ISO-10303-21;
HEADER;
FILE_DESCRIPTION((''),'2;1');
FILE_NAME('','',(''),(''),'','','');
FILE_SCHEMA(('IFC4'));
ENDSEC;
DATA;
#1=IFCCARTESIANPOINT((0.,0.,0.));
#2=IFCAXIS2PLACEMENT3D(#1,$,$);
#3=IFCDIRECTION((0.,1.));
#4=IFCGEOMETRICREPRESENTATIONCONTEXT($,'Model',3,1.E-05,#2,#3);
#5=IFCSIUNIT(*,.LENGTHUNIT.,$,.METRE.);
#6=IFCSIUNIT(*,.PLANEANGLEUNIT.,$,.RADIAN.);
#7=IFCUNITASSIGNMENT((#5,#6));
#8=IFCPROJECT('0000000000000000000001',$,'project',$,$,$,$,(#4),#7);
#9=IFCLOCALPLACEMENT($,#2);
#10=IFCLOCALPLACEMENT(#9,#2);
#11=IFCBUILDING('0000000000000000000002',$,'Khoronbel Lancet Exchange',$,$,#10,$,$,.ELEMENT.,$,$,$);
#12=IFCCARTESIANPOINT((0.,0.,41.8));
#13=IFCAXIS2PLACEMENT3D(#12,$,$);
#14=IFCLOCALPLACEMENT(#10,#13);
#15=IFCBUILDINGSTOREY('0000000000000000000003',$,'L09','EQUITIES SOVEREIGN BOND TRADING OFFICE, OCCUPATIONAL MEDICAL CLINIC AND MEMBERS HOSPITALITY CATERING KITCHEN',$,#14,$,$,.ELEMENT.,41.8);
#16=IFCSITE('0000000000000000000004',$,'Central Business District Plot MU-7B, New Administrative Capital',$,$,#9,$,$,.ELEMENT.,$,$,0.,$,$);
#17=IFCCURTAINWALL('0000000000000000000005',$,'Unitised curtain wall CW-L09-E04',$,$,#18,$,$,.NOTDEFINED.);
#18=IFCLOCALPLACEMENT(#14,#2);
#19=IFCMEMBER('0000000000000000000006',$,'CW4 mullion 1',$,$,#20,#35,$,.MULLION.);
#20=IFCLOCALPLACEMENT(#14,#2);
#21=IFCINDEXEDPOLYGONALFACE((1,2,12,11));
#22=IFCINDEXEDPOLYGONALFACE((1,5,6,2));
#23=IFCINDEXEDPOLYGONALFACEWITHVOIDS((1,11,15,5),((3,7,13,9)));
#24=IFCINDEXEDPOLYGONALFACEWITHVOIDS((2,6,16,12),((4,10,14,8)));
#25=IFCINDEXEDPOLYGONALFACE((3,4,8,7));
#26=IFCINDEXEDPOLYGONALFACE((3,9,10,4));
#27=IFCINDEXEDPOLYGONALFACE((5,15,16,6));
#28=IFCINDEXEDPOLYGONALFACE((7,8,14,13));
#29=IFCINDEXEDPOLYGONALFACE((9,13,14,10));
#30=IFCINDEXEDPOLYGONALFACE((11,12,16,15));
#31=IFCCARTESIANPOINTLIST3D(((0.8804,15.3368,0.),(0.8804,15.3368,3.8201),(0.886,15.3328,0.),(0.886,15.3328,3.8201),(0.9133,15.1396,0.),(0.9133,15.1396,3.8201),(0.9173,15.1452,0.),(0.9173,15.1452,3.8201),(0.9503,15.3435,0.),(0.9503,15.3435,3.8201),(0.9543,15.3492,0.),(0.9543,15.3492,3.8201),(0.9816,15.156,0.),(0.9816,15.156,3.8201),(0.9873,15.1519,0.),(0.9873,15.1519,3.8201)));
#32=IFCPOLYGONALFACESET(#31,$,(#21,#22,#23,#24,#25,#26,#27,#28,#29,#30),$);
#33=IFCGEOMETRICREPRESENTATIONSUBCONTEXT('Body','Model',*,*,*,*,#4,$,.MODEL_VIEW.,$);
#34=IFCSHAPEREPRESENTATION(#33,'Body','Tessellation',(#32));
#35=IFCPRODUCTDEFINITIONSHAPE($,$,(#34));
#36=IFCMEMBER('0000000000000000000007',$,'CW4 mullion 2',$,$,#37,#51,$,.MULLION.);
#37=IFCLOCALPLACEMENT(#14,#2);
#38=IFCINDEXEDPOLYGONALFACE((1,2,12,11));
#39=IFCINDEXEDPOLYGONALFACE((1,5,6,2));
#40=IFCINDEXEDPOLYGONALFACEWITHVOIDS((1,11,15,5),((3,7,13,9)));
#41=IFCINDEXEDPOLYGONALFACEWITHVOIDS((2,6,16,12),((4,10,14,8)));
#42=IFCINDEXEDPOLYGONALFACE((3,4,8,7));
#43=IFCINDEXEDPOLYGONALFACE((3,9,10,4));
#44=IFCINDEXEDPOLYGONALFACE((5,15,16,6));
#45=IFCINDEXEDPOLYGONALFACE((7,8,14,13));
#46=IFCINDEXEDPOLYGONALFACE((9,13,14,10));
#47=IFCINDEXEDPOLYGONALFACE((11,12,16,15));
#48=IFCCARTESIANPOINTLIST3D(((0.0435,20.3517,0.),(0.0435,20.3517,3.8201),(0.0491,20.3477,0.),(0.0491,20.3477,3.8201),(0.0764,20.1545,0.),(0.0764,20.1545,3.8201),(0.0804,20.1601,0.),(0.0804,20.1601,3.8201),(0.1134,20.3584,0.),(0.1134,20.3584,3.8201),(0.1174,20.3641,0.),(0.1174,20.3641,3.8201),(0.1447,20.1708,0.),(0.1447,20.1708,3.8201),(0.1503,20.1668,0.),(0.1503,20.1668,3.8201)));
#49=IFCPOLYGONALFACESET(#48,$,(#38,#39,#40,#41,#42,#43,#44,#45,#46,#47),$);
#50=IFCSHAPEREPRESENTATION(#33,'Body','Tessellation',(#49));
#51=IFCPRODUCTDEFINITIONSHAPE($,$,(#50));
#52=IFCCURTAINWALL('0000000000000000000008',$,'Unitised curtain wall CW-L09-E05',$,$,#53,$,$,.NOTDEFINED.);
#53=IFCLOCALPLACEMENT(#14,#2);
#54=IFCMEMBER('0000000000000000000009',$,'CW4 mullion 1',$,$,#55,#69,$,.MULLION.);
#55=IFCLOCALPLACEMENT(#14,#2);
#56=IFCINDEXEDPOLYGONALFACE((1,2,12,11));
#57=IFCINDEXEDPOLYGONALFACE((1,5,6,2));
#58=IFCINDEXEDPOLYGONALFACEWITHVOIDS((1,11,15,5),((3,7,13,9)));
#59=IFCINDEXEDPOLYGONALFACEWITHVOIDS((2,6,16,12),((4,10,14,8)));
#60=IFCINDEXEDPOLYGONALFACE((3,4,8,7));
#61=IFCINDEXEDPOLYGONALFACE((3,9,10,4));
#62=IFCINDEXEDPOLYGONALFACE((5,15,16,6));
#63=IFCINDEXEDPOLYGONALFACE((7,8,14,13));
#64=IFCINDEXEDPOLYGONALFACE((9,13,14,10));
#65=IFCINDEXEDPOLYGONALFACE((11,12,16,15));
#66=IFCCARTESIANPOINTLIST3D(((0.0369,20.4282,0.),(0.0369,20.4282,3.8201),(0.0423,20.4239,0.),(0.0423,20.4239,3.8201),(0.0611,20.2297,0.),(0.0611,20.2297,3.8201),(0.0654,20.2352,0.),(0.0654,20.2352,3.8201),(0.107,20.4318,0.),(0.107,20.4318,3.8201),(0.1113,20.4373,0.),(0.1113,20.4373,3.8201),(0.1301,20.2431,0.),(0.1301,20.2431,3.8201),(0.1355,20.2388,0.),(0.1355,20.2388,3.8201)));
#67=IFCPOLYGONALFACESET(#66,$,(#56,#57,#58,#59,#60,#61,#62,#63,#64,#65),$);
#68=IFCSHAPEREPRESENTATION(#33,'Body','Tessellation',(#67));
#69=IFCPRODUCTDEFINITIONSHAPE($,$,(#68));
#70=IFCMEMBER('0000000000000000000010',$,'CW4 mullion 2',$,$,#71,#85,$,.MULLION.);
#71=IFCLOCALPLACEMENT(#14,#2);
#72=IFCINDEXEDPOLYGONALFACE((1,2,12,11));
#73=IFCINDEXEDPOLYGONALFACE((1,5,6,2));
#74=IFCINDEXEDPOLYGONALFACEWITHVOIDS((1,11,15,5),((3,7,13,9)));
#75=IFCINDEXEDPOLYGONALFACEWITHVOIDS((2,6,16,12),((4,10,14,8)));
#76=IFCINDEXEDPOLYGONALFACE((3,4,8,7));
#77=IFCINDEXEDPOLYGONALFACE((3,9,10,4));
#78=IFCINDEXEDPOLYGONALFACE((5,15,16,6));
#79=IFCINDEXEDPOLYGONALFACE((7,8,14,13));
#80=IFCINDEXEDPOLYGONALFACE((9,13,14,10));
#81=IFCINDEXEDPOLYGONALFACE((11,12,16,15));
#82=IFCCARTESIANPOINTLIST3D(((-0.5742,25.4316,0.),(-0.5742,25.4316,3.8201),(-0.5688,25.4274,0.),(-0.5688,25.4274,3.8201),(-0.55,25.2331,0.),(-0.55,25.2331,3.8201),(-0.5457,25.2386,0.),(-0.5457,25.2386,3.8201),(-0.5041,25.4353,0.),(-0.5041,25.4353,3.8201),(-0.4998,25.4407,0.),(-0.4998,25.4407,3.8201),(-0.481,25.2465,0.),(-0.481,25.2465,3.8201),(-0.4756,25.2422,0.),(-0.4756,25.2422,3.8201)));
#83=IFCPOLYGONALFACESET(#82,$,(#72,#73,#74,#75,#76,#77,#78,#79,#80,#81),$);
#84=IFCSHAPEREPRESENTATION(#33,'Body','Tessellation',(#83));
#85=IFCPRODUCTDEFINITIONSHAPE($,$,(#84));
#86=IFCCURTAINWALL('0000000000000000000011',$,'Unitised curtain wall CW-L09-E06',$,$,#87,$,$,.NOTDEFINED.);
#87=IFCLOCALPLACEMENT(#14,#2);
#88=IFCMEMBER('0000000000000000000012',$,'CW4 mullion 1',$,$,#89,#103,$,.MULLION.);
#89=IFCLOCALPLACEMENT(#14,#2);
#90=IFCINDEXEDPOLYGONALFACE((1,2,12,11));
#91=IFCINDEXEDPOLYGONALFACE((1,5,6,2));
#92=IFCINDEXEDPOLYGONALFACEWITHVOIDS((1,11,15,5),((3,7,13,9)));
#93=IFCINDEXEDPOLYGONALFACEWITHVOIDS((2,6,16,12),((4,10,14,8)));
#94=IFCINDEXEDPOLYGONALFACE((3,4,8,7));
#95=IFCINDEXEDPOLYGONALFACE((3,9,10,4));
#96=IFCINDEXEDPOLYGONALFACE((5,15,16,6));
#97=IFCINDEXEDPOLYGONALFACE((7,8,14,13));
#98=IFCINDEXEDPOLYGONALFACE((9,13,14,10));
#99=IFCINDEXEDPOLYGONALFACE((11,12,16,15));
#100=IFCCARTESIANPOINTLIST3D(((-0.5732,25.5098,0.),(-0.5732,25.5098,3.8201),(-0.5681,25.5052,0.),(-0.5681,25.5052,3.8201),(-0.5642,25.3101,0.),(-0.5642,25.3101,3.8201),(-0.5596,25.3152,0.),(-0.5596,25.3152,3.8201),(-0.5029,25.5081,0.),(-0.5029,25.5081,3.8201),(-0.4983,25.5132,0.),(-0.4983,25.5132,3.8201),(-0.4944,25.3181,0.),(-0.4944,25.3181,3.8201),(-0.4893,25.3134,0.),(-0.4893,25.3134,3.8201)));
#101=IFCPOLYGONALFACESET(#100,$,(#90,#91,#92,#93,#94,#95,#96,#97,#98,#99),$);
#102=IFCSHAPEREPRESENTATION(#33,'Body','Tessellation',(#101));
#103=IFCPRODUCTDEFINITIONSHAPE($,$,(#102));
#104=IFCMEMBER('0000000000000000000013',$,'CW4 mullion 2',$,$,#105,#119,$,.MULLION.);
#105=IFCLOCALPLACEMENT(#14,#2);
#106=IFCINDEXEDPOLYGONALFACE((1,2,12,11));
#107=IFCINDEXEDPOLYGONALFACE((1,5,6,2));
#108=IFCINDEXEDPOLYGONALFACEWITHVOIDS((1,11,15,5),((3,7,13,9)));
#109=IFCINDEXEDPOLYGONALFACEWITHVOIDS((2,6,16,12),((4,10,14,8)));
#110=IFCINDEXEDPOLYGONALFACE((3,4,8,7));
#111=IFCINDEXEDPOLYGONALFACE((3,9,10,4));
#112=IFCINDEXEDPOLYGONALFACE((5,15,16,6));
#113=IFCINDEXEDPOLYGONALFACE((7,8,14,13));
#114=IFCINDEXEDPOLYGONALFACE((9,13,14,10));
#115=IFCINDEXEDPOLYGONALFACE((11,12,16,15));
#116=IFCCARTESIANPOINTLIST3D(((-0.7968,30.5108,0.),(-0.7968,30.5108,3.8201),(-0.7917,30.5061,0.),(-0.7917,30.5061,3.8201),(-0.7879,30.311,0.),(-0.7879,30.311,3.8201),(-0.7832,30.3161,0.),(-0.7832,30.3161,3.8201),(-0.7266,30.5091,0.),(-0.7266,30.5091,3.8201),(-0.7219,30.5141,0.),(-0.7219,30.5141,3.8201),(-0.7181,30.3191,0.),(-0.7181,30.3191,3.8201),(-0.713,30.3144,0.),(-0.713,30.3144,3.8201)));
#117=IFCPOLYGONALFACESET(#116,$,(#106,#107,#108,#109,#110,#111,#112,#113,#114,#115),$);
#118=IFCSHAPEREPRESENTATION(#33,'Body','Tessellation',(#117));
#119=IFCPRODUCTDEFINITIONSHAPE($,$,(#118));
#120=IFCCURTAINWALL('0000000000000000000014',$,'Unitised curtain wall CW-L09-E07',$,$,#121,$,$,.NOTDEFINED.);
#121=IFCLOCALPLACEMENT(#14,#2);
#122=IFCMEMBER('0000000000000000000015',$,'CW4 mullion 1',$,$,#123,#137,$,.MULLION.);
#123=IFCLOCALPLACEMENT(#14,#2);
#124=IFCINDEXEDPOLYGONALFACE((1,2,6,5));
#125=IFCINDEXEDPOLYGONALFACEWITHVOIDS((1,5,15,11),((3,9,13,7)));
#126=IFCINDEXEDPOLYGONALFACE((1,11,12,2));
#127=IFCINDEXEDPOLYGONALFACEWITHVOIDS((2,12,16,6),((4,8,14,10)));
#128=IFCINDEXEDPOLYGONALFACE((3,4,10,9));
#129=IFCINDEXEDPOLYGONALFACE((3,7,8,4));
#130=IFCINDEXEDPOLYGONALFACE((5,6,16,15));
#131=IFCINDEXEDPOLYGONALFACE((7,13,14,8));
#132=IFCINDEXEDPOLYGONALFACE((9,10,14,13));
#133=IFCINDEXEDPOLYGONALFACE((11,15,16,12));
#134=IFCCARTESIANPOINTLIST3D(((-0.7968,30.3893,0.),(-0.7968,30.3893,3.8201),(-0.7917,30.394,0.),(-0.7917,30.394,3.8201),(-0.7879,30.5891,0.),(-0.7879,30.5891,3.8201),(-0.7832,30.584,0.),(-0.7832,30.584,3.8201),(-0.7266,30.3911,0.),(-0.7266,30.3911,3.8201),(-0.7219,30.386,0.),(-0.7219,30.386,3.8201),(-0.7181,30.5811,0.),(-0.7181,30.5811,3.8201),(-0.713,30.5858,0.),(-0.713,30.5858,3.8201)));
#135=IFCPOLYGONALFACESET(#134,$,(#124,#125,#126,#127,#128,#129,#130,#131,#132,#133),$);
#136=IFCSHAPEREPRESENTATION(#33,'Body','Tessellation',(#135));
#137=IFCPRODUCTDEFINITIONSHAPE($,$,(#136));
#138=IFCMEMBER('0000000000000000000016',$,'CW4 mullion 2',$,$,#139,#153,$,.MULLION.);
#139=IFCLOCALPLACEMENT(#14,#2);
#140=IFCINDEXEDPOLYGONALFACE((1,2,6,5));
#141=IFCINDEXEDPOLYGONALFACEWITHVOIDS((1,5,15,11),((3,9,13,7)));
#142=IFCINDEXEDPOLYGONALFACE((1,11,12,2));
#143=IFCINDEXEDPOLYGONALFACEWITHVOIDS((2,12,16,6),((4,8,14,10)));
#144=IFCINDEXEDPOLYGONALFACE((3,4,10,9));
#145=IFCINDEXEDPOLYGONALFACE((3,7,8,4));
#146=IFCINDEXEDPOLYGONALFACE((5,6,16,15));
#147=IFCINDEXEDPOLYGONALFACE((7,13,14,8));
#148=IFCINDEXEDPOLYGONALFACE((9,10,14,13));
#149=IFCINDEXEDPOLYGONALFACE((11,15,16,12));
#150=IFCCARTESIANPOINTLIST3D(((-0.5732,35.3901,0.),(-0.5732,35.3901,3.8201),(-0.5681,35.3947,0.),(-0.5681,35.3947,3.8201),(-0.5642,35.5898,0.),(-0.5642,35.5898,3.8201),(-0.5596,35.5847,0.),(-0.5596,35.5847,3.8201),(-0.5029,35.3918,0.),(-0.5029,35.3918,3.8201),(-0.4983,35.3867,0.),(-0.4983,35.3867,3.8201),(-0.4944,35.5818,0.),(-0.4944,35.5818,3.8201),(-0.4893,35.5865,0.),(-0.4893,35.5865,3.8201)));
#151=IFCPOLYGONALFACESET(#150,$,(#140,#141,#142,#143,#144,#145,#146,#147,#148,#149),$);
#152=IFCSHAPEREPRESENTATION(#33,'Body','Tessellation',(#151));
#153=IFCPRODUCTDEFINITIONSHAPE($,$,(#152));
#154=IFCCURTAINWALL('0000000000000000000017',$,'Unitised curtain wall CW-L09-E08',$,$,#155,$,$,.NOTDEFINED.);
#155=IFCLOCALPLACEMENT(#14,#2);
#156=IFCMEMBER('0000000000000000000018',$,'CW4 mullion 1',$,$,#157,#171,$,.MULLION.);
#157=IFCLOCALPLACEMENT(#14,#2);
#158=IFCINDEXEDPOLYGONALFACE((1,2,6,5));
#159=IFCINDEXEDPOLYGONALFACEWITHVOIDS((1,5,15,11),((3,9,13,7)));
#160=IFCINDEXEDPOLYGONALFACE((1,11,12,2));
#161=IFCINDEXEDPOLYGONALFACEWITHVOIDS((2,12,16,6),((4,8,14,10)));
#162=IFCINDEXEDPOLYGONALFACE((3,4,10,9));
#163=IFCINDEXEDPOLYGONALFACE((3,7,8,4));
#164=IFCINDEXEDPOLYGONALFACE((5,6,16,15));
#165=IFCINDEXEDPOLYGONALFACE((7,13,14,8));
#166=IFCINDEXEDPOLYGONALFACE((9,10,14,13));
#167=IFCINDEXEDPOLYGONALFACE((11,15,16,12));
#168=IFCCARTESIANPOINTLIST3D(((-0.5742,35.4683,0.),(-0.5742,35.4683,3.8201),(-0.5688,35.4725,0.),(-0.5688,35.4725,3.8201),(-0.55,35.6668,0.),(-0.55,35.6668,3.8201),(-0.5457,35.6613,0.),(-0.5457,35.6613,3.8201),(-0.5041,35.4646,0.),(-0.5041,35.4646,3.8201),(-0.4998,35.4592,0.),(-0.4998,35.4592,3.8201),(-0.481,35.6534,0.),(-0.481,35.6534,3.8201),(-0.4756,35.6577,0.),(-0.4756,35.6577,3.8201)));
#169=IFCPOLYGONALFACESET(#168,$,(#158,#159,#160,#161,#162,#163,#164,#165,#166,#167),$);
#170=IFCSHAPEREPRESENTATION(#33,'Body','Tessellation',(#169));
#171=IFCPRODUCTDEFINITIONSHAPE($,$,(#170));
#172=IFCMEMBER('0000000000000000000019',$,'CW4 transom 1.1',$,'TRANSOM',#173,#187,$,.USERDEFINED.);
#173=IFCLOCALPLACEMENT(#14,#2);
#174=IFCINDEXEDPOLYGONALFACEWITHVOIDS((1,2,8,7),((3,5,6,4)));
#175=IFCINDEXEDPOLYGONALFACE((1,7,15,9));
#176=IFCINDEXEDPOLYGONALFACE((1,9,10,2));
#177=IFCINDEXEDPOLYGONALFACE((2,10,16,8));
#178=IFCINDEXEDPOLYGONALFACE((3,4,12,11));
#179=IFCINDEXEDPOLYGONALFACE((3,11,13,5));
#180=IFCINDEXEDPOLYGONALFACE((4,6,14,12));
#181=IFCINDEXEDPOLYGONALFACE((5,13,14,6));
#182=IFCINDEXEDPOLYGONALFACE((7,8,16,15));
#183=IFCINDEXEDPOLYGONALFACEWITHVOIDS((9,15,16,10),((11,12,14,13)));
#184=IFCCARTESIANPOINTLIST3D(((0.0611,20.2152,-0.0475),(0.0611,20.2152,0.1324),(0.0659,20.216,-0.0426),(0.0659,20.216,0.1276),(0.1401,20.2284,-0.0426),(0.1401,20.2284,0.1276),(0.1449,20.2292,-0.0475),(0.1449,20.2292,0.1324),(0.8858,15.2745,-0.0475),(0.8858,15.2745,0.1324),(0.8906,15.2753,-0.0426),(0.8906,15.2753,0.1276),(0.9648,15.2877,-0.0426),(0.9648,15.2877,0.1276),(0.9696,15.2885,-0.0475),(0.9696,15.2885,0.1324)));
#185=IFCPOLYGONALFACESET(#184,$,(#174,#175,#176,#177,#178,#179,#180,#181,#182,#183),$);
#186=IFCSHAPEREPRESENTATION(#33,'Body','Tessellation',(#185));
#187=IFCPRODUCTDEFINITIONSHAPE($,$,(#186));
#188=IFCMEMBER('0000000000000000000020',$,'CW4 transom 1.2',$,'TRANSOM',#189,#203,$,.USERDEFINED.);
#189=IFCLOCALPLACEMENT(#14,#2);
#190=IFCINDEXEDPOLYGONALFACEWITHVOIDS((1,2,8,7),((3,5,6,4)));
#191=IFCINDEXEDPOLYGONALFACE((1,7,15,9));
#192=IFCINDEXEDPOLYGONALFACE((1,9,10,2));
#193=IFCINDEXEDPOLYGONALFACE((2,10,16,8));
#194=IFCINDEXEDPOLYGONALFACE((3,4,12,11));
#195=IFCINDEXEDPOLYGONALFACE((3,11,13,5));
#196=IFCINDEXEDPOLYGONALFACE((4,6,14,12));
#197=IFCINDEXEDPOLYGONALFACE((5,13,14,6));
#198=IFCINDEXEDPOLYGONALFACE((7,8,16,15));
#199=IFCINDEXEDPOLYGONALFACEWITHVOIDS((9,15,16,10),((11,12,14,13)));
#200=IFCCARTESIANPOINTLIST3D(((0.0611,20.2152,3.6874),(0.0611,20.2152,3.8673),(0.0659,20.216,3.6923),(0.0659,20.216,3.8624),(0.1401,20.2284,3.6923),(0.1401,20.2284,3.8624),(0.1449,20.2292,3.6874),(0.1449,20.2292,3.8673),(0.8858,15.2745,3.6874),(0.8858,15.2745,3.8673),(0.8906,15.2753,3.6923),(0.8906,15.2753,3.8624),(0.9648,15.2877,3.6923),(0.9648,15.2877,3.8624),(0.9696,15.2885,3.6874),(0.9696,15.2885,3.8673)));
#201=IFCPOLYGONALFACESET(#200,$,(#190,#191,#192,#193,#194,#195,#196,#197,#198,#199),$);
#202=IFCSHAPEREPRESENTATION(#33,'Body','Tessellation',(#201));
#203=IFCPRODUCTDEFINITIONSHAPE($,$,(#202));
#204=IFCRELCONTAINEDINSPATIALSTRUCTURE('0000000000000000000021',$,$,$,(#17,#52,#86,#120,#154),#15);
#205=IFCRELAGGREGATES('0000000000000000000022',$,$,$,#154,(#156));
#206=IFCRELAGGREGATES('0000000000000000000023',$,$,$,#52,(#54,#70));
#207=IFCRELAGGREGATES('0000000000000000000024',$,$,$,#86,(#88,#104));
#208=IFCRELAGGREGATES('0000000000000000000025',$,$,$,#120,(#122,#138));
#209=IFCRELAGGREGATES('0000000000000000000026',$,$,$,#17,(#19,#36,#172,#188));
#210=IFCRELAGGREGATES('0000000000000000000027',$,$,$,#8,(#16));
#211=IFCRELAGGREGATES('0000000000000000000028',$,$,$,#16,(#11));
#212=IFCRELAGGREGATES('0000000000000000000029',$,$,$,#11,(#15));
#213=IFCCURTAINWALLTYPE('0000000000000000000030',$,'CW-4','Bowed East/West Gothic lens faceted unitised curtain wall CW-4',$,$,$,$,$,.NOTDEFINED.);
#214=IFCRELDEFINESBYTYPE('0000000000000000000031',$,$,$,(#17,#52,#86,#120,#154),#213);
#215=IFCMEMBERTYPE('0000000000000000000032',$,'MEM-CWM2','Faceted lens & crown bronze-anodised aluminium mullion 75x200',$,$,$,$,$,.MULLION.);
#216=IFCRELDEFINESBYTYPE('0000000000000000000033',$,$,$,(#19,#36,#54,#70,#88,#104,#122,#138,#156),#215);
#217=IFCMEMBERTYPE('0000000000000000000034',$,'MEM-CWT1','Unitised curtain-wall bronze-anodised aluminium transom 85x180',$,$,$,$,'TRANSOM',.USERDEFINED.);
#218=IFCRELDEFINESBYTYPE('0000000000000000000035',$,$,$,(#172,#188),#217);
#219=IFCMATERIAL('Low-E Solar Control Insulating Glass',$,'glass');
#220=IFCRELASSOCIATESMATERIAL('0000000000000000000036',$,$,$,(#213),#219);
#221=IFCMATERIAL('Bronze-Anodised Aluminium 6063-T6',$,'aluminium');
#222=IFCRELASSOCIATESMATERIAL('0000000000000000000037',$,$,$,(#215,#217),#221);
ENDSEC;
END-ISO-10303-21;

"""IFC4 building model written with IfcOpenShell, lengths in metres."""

from ifc_helpers import new_model, si_unit, direction, frame, origin, origin_2d, place, context, subcontext, project, spatial, hollow_rectangle, extrude, material, material_profile, profile_set, type_object, element, aggregate, save


model = new_model("IFC4")

# Units and contexts
model_context = context("Model", 3, precision=1e-05, world=origin(), true_north=direction((0.0, 1.0)))
body_context = subcontext(model_context, "Body", "Model", "MODEL_VIEW")
ifc_project = project(units=[si_unit("LENGTHUNIT", "METRE"), si_unit("PLANEANGLEUNIT", "RADIAN")], contexts=[model_context])

# Site, building, storey
site_placement = place(None, origin())
site = spatial("IfcSite", under=ifc_project, at=site_placement, Name="Central Business District Plot MU-7B, New Administrative Capital", CompositionType="ELEMENT", RefElevation=0.0)
building_placement = place(site_placement, origin())
building = spatial("IfcBuilding", under=site, at=building_placement, Name="Khoronbel Lancet Exchange", CompositionType="ELEMENT")
storey_placement = place(building_placement, frame((0.0, 0.0, 41.8)))
storey = spatial("IfcBuildingStorey", under=building, at=storey_placement, Name="L09", Description="EQUITIES SOVEREIGN BOND TRADING OFFICE, OCCUPATIONAL MEDICAL CLINIC AND MEMBERS HOSPITALITY CATERING KITCHEN", CompositionType="ELEMENT", Elevation=41.8)

# Curtain walls, members
ifc_material_1 = material(Name="Low-E Solar Control Insulating Glass", Category="glass")
curtain_wall_type = type_object("IfcCurtainWallType", Name="CW-4", Description="Bowed East/West Gothic lens faceted unitised curtain wall CW-4", PredefinedType="NOTDEFINED", material=ifc_material_1)
curtain_wall_1_placement = place(storey_placement, origin())
curtain_wall_1 = element("IfcCurtainWall", 1, at=curtain_wall_1_placement, inside=storey, type_object=curtain_wall_type, Name="Unitised curtain wall CW-L09-E04", PredefinedType="NOTDEFINED")
ifc_material_2 = material(Name="Bronze-Anodised Aluminium 6063-T6", Category="aluminium")
ifc_material_profile_1 = material_profile(ifc_material_2, hollow_rectangle(XDim=0.075, YDim=0.2, WallThickness=0.0049, at=origin_2d()), Name="ALU MULLION 75x200")
ifc_profile_set_1 = profile_set([ifc_material_profile_1], Name="Bronze-Anodised Aluminium 6063-T6")
member_type_1 = type_object("IfcMemberType", Name="MEM-CWM2", Description="Faceted lens & crown bronze-anodised aluminium mullion 75x200", PredefinedType="MULLION", material=ifc_profile_set_1)
member_1_placement = place(storey_placement, frame((0.9338, 15.2444, 0.0), z_axis=(0.0, 0.0, 1.0), x_axis=(-0.98636, -0.164603, 0.0)))
member_1 = element("IfcMember", 2, at=member_1_placement, type_object=member_type_1, Name="CW4 mullion 1", PredefinedType="MULLION", context=body_context, shape_type="SweptSolid", body=[
    extrude(hollow_rectangle(XDim=0.075, YDim=0.2, WallThickness=0.0049, at=origin_2d()), origin(), (0.0, 0.0, 1.0), 3.8201),
])
member_2_placement = place(storey_placement, frame((0.0969, 20.2593, 0.0), z_axis=(0.0, 0.0, 1.0), x_axis=(-0.98636, -0.164603, 0.0)))
member_2 = element("IfcMember", 3, at=member_2_placement, type_object=member_type_1, Name="CW4 mullion 2", PredefinedType="MULLION", context=body_context, shape_type="SweptSolid", body=[
    extrude(hollow_rectangle(XDim=0.075, YDim=0.2, WallThickness=0.0049, at=origin_2d()), origin(), (0.0, 0.0, 1.0), 3.8201),
])
curtain_wall_2_placement = place(storey_placement, origin())
curtain_wall_2 = element("IfcCurtainWall", 4, at=curtain_wall_2_placement, inside=storey, type_object=curtain_wall_type, Name="Unitised curtain wall CW-L09-E05", PredefinedType="NOTDEFINED")
member_3_placement = place(storey_placement, frame((0.0862, 20.3335, 0.0), z_axis=(0.0, 0.0, 1.0), x_axis=(-0.992622, -0.121253, 0.0)))
member_3 = element("IfcMember", 5, at=member_3_placement, type_object=member_type_1, Name="CW4 mullion 1", PredefinedType="MULLION", context=body_context, shape_type="SweptSolid", body=[
    extrude(hollow_rectangle(XDim=0.075, YDim=0.2, WallThickness=0.0049, at=origin_2d()), origin(), (0.0, 0.0, 1.0), 3.8201),
])
member_4_placement = place(storey_placement, frame((-0.5249, 25.3369, 0.0), z_axis=(0.0, 0.0, 1.0), x_axis=(-0.992622, -0.121253, 0.0)))
member_4 = element("IfcMember", 6, at=member_4_placement, type_object=member_type_1, Name="CW4 mullion 2", PredefinedType="MULLION", context=body_context, shape_type="SweptSolid", body=[
    extrude(hollow_rectangle(XDim=0.075, YDim=0.2, WallThickness=0.0049, at=origin_2d()), origin(), (0.0, 0.0, 1.0), 3.8201),
])
curtain_wall_3_placement = place(storey_placement, origin())
curtain_wall_3 = element("IfcCurtainWall", 7, at=curtain_wall_3_placement, inside=storey, type_object=curtain_wall_type, Name="Unitised curtain wall CW-L09-E06", PredefinedType="NOTDEFINED")
member_5_placement = place(storey_placement, frame((-0.5312, 25.4116, 0.0), z_axis=(0.0, 0.0, 1.0), x_axis=(-0.999001, -0.044677, 0.0)))
member_5 = element("IfcMember", 8, at=member_5_placement, type_object=member_type_1, Name="CW4 mullion 1", PredefinedType="MULLION", context=body_context, shape_type="SweptSolid", body=[
    extrude(hollow_rectangle(XDim=0.075, YDim=0.2, WallThickness=0.0049, at=origin_2d()), origin(), (0.0, 0.0, 1.0), 3.8201),
])
member_6_placement = place(storey_placement, frame((-0.7549, 30.4126, 0.0), z_axis=(0.0, 0.0, 1.0), x_axis=(-0.999001, -0.044677, 0.0)))
member_6 = element("IfcMember", 9, at=member_6_placement, type_object=member_type_1, Name="CW4 mullion 2", PredefinedType="MULLION", context=body_context, shape_type="SweptSolid", body=[
    extrude(hollow_rectangle(XDim=0.075, YDim=0.2, WallThickness=0.0049, at=origin_2d()), origin(), (0.0, 0.0, 1.0), 3.8201),
])
curtain_wall_4_placement = place(storey_placement, origin())
curtain_wall_4 = element("IfcCurtainWall", 10, at=curtain_wall_4_placement, inside=storey, type_object=curtain_wall_type, Name="Unitised curtain wall CW-L09-E07", PredefinedType="NOTDEFINED")
member_7_placement = place(storey_placement, frame((-0.7549, 30.4875, 0.0), z_axis=(0.0, 0.0, 1.0), x_axis=(-0.999001, 0.044677, 0.0)))
member_7 = element("IfcMember", 11, at=member_7_placement, type_object=member_type_1, Name="CW4 mullion 1", PredefinedType="MULLION", context=body_context, shape_type="SweptSolid", body=[
    extrude(hollow_rectangle(XDim=0.075, YDim=0.2, WallThickness=0.0049, at=origin_2d()), origin(), (0.0, 0.0, 1.0), 3.8201),
])
member_8_placement = place(storey_placement, frame((-0.5312, 35.4883, 0.0), z_axis=(0.0, 0.0, 1.0), x_axis=(-0.999001, 0.044677, 0.0)))
member_8 = element("IfcMember", 12, at=member_8_placement, type_object=member_type_1, Name="CW4 mullion 2", PredefinedType="MULLION", context=body_context, shape_type="SweptSolid", body=[
    extrude(hollow_rectangle(XDim=0.075, YDim=0.2, WallThickness=0.0049, at=origin_2d()), origin(), (0.0, 0.0, 1.0), 3.8201),
])

# Curtain wall, member
curtain_wall_5_placement = place(storey_placement, origin())
curtain_wall_5 = element("IfcCurtainWall", 13, at=curtain_wall_5_placement, inside=storey, type_object=curtain_wall_type, Name="Unitised curtain wall CW-L09-E08", PredefinedType="NOTDEFINED")
member_9_placement = place(storey_placement, frame((-0.5249, 35.563, 0.0), z_axis=(0.0, 0.0, 1.0), x_axis=(-0.992622, 0.121253, 0.0)))
member_9 = element("IfcMember", 14, at=member_9_placement, type_object=member_type_1, Name="CW4 mullion 1", PredefinedType="MULLION", context=body_context, shape_type="SweptSolid", body=[
    extrude(hollow_rectangle(XDim=0.075, YDim=0.2, WallThickness=0.0049, at=origin_2d()), origin(), (0.0, 0.0, 1.0), 3.8201),
])

# Members
ifc_material_profile_2 = material_profile(ifc_material_2, hollow_rectangle(XDim=0.085, YDim=0.1799, WallThickness=0.0049, at=origin_2d()), Name="ALU TRANSOM 85x180")
ifc_profile_set_2 = profile_set([ifc_material_profile_2], Name="Bronze-Anodised Aluminium 6063-T6")
member_type_2 = type_object("IfcMemberType", Name="MEM-CWT1", Description="Unitised curtain-wall bronze-anodised aluminium transom 85x180", ElementType="TRANSOM", PredefinedType="USERDEFINED", material=ifc_profile_set_2)
member_10_placement = place(storey_placement, frame((0.9277, 15.2815, 0.0425), z_axis=(-0.164644, 0.986353, 0.0), x_axis=(-0.986353, -0.164644, 0.0)))
member_10 = element("IfcMember", 15, at=member_10_placement, type_object=member_type_2, Name="CW4 transom 1.1", ObjectType="TRANSOM", PredefinedType="USERDEFINED", context=body_context, shape_type="SweptSolid", body=[
    extrude(hollow_rectangle(XDim=0.085, YDim=0.1799, WallThickness=0.0049, at=origin_2d()), origin(), (0.0, 0.0, 1.0), 5.009),
])
member_11_placement = place(storey_placement, frame((0.9277, 15.2815, 3.7773), z_axis=(-0.164644, 0.986353, 0.0), x_axis=(-0.986353, -0.164644, 0.0)))
member_11 = element("IfcMember", 16, at=member_11_placement, type_object=member_type_2, Name="CW4 transom 1.2", ObjectType="TRANSOM", PredefinedType="USERDEFINED", context=body_context, shape_type="SweptSolid", body=[
    extrude(hollow_rectangle(XDim=0.085, YDim=0.1799, WallThickness=0.0049, at=origin_2d()), origin(), (0.0, 0.0, 1.0), 5.009),
])
aggregate(curtain_wall_5, [member_9])

aggregate(curtain_wall_2, [member_3, member_4])
aggregate(curtain_wall_3, [member_5, member_6])
aggregate(curtain_wall_4, [member_7, member_8])
aggregate(curtain_wall_1, [member_1, member_2, member_10, member_11])

save(model, "model.ifc")
